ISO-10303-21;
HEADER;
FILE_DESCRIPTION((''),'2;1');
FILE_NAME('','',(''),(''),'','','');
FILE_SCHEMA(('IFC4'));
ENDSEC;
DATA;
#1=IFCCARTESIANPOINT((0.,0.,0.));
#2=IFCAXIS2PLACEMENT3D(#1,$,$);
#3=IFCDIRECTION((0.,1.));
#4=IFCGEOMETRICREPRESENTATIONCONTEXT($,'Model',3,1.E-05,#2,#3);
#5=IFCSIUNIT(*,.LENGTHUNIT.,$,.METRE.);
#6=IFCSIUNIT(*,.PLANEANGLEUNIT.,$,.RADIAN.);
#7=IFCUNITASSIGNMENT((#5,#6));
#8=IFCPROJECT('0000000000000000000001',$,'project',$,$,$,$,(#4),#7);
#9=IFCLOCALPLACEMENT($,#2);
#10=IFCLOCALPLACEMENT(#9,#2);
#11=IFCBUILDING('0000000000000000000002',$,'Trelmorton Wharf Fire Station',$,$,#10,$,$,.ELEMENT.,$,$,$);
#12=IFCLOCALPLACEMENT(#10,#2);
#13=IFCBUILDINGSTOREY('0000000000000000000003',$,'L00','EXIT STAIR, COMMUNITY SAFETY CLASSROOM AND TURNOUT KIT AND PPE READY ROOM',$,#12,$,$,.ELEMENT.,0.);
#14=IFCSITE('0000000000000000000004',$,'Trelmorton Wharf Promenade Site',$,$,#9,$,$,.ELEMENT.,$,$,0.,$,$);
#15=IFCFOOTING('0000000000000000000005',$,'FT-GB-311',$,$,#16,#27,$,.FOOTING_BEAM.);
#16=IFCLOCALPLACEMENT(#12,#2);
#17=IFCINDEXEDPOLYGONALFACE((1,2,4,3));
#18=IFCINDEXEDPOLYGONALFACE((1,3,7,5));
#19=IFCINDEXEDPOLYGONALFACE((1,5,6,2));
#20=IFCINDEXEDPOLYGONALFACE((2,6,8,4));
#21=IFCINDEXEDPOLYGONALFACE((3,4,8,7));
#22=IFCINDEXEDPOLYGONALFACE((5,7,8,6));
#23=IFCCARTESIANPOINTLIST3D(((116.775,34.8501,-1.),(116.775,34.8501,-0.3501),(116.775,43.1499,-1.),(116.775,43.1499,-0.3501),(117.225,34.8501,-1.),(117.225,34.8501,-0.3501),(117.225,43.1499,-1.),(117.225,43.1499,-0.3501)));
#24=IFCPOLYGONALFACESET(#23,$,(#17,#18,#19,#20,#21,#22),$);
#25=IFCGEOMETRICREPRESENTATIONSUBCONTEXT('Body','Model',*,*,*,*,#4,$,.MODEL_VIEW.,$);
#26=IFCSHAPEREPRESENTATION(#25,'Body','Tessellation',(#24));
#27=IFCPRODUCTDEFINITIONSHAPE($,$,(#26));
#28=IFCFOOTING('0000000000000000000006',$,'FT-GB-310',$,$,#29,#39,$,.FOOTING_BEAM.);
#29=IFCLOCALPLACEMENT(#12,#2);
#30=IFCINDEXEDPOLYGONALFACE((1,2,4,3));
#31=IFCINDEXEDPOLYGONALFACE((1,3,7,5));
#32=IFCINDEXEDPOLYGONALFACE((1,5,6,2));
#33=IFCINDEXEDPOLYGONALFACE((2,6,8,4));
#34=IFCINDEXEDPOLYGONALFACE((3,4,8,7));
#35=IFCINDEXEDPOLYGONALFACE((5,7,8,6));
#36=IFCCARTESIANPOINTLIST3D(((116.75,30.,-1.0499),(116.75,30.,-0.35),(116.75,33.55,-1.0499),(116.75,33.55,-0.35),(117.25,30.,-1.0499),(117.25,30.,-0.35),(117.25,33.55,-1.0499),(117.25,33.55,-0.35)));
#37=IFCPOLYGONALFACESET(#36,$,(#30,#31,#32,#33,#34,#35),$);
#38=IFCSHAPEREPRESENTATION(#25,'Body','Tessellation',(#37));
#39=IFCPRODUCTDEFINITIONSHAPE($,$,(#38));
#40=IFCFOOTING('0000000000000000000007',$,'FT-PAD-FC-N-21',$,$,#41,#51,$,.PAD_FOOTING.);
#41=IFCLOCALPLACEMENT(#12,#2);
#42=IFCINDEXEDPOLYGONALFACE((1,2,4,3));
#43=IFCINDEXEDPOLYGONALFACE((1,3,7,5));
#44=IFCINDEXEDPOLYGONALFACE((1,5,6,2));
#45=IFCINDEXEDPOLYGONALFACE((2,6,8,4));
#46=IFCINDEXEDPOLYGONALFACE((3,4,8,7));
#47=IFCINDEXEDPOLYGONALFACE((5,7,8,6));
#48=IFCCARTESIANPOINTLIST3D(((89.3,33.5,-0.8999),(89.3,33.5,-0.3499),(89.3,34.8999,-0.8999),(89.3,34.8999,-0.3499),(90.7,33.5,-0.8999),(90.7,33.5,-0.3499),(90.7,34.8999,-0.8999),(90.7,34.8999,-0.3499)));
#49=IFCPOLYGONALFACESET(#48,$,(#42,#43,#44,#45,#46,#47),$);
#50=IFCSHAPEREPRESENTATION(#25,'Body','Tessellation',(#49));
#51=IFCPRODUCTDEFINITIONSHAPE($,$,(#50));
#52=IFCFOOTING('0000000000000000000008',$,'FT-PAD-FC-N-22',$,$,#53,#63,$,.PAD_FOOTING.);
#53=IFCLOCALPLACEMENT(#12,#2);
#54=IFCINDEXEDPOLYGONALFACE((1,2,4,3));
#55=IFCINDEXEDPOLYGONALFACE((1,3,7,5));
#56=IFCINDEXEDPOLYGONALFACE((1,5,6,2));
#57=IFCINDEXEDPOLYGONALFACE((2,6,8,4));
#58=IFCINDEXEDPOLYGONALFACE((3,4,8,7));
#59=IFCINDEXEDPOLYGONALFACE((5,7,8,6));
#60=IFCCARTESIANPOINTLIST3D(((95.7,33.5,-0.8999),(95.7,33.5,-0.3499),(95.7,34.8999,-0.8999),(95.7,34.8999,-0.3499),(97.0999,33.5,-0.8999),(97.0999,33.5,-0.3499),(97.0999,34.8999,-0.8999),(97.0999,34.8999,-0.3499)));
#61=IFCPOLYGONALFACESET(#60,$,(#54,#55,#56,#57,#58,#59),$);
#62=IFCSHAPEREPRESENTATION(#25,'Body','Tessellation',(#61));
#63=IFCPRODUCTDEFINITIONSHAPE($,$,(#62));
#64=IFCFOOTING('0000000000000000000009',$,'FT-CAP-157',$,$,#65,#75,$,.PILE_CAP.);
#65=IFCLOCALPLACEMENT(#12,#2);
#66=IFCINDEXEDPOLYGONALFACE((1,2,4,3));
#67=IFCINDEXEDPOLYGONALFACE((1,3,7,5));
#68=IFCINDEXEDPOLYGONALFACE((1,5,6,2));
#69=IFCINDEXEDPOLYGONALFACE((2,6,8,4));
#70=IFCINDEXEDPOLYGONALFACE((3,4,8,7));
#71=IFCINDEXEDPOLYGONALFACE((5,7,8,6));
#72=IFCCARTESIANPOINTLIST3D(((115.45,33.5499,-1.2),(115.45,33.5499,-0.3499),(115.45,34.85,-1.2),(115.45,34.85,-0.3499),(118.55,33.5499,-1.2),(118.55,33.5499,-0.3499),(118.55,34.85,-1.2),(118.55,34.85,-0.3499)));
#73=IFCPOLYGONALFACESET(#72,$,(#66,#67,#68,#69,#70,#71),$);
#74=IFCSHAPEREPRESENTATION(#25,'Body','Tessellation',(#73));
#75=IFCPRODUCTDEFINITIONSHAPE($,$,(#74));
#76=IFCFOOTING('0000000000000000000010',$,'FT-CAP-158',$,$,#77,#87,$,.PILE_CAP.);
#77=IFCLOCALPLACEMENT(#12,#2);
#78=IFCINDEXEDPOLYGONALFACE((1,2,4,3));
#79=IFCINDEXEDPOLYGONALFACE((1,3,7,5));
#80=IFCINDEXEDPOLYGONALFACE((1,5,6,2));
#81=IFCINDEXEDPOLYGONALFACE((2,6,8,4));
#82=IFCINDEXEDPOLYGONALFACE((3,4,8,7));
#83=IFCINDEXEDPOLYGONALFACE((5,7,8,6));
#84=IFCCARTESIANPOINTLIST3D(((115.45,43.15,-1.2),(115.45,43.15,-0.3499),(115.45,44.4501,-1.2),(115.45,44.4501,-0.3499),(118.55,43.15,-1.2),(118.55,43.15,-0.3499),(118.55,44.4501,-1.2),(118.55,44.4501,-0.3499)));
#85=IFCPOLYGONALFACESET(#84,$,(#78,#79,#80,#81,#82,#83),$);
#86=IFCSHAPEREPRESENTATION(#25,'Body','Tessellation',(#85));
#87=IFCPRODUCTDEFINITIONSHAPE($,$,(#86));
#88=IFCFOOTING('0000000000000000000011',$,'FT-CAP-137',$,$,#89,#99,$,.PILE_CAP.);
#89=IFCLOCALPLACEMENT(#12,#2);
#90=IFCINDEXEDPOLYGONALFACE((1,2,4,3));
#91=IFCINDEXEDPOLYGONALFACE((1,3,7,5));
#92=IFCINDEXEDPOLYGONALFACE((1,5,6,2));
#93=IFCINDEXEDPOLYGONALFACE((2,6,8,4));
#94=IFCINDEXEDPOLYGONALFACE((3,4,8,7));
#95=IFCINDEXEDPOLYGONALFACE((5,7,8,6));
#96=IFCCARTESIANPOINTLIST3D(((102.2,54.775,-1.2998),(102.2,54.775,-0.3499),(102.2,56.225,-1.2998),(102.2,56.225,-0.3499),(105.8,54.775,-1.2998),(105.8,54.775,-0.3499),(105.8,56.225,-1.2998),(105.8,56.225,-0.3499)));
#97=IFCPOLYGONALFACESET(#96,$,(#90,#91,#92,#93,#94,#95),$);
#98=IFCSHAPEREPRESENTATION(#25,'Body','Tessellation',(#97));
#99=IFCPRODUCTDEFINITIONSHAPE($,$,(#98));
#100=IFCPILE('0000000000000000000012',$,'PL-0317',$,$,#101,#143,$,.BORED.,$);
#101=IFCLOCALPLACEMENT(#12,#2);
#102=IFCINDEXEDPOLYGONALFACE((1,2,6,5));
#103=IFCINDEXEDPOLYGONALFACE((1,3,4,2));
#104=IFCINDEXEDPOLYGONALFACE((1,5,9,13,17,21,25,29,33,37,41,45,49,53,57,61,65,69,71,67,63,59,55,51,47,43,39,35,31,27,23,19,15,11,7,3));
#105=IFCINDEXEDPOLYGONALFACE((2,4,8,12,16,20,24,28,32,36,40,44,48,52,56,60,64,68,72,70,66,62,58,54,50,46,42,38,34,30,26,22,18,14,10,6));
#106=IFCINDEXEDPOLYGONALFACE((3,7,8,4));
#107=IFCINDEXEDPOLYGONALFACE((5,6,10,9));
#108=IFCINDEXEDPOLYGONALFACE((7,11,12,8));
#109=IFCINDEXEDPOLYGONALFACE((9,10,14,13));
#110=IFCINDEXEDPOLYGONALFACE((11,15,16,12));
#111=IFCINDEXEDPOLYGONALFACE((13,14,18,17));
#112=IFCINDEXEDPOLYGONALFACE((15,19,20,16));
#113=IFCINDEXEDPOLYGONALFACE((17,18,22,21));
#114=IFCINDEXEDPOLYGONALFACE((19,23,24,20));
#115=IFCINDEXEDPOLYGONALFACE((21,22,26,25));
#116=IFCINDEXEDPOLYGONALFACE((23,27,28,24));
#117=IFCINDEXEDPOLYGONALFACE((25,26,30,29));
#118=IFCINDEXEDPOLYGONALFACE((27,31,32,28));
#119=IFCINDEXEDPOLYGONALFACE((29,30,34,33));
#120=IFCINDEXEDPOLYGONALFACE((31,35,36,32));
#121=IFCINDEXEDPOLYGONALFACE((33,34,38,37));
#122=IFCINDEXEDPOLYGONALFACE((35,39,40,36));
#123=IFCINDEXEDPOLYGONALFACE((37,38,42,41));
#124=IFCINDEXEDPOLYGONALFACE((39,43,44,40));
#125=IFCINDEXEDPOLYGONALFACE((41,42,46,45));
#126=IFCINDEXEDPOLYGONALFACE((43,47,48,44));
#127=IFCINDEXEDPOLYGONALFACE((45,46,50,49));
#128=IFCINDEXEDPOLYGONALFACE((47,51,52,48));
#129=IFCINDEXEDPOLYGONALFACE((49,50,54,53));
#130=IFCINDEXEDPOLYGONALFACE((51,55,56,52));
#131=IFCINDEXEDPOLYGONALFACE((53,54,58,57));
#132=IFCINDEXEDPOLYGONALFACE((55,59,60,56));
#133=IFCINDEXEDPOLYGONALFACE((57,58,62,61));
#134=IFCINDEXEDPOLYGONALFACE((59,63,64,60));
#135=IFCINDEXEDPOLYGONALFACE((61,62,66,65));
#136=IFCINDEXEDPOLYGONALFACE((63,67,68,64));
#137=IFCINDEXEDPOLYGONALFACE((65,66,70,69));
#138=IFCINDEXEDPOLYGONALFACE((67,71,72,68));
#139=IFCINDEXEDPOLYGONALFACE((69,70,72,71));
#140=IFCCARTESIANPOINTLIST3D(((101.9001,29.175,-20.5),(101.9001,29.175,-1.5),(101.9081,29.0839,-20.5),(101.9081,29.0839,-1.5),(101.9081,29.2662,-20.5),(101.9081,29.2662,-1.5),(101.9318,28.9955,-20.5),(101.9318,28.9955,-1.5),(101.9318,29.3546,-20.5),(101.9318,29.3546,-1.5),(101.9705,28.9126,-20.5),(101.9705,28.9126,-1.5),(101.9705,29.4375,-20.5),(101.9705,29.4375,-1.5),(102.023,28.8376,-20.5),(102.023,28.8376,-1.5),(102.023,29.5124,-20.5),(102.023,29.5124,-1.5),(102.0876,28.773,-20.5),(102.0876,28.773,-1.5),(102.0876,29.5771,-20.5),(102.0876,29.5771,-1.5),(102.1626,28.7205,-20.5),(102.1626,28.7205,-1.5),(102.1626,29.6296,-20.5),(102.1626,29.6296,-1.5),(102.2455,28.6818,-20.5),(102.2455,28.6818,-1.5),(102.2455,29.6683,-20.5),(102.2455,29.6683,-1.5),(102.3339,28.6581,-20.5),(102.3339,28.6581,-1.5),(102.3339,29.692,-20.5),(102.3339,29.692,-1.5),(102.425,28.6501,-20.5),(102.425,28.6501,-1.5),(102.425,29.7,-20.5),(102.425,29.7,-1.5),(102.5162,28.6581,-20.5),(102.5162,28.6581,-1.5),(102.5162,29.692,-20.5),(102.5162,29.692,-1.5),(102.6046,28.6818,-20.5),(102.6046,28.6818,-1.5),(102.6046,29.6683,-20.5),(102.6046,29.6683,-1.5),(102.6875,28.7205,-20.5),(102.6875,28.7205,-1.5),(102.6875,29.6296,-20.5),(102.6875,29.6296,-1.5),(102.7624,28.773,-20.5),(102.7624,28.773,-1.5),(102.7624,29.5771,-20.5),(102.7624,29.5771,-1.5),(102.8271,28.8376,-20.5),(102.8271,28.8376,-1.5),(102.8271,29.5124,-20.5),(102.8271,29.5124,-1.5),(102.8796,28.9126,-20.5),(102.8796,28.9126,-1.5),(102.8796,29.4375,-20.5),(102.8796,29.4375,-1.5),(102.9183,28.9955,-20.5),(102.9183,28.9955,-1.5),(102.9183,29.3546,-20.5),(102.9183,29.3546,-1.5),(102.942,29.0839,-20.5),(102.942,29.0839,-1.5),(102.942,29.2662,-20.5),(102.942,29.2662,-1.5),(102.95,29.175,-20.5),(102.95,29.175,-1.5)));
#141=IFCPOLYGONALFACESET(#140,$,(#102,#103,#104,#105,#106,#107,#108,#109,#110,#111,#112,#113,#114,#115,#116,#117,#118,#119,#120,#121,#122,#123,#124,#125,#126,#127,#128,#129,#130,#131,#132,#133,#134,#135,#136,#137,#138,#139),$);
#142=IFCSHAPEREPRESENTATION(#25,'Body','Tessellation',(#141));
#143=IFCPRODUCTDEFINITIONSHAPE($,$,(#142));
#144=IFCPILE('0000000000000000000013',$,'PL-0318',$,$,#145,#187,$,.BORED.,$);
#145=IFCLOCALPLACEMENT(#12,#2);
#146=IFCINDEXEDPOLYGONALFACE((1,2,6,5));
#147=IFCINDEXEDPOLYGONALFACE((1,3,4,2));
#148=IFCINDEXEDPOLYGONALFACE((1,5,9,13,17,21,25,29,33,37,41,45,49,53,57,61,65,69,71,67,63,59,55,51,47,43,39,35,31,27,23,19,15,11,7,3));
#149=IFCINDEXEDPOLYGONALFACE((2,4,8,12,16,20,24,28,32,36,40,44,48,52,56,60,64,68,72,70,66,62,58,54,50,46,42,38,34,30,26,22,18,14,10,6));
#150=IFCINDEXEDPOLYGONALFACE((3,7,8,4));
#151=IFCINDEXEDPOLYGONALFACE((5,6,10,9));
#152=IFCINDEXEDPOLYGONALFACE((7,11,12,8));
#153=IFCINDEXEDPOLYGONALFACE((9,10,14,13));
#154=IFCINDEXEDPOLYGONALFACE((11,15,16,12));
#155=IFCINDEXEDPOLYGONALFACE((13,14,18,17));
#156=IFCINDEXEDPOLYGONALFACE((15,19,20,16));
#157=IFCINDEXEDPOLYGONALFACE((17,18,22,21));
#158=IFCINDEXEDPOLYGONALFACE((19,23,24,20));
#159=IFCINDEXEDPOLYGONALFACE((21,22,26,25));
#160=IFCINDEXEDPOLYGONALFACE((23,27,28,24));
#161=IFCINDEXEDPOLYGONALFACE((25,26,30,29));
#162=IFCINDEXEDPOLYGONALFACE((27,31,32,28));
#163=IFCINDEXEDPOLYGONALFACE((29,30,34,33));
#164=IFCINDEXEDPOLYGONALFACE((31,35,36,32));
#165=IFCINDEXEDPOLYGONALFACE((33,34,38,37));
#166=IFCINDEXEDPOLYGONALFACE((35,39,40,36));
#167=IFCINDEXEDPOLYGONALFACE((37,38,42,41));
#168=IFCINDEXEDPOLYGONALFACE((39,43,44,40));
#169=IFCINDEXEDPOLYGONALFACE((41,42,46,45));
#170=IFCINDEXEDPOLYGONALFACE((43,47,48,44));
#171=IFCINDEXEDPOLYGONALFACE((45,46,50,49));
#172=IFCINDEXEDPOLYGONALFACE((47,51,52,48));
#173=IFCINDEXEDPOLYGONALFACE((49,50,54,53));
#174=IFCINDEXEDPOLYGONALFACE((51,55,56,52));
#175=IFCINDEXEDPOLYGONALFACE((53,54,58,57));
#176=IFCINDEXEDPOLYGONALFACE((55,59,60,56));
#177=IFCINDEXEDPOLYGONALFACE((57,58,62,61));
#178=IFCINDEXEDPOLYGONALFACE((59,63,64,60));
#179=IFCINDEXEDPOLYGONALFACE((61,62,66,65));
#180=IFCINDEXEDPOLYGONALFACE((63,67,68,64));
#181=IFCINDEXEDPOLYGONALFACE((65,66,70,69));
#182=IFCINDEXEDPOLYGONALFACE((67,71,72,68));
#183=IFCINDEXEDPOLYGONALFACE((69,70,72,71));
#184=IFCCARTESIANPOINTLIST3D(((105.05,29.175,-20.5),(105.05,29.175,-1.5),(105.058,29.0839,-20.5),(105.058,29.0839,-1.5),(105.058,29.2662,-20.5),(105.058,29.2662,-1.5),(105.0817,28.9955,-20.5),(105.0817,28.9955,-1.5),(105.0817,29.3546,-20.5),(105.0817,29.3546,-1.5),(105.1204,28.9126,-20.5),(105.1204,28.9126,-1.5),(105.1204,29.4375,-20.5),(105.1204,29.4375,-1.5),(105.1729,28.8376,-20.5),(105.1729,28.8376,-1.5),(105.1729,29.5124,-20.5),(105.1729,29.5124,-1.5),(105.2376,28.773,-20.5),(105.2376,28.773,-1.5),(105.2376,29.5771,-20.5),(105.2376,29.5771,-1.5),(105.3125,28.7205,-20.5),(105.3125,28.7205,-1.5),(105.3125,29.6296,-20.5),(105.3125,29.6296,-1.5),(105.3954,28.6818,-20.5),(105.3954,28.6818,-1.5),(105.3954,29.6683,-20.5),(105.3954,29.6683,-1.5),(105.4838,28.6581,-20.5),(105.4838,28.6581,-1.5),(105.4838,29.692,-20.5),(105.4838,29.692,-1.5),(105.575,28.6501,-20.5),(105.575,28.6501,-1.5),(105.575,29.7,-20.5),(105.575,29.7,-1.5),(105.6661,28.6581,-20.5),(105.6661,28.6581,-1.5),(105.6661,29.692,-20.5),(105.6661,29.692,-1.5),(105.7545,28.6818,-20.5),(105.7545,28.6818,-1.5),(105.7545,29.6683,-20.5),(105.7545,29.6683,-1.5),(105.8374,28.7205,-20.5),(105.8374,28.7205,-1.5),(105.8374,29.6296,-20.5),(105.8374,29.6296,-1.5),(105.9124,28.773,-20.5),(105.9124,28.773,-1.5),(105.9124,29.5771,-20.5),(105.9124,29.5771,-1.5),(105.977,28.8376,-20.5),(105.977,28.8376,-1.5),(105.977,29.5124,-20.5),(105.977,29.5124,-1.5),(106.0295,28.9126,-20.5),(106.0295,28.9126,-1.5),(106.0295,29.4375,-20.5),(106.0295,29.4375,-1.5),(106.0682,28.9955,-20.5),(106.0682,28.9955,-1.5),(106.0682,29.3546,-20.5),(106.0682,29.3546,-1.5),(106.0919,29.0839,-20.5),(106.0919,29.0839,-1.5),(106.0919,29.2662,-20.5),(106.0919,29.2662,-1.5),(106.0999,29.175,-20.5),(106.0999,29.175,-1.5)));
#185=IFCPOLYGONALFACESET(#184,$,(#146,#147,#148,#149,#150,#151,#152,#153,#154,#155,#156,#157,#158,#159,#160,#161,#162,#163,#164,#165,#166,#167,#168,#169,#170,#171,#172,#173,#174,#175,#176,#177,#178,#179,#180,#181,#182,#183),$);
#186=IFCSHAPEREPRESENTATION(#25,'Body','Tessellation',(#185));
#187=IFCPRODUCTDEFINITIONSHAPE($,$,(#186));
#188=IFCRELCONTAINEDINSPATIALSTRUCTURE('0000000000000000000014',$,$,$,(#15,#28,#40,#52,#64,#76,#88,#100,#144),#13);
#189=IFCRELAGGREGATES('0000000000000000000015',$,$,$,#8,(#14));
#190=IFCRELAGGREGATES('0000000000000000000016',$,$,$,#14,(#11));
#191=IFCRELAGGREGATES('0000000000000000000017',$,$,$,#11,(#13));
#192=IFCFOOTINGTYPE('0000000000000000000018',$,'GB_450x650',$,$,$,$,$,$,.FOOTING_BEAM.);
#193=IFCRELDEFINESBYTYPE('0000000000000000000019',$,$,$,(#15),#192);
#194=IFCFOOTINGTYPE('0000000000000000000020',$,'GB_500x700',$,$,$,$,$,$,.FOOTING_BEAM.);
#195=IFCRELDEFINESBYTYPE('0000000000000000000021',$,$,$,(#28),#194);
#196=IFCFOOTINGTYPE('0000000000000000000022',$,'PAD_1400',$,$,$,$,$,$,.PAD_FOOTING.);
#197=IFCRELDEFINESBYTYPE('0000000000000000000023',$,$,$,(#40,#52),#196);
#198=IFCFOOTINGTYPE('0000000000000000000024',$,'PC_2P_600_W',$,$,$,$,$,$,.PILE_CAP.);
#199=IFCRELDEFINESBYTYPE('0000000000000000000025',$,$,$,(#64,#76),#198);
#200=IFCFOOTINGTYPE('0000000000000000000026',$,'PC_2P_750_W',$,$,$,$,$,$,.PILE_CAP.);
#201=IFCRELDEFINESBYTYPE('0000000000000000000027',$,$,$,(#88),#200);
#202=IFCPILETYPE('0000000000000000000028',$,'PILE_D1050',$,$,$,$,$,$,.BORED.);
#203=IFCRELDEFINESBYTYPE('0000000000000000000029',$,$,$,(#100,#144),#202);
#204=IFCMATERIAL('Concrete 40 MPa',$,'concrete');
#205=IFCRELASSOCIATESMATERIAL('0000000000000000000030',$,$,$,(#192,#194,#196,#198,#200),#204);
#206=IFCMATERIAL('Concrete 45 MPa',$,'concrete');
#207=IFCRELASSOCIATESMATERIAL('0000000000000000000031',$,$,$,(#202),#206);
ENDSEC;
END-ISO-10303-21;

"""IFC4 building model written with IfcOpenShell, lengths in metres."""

from ifc_helpers import new_model, si_unit, direction, frame, origin, origin_2d, place, context, subcontext, project, spatial, rectangle, circle, extrude, material, material_profile, profile_set, type_object, element, save


model = new_model("IFC4")

# Units and contexts
model_context = context("Model", 3, precision=1e-05, world=origin(), true_north=direction((0.0, 1.0)))
body_context = subcontext(model_context, "Body", "Model", "MODEL_VIEW")
ifc_project = project(units=[si_unit("LENGTHUNIT", "METRE"), si_unit("PLANEANGLEUNIT", "RADIAN")], contexts=[model_context])

# Site, building, storey
site_placement = place(None, origin())
site = spatial("IfcSite", under=ifc_project, at=site_placement, Name="Trelmorton Wharf Promenade Site", CompositionType="ELEMENT", RefElevation=0.0)
building_placement = place(site_placement, origin())
building = spatial("IfcBuilding", under=site, at=building_placement, Name="Trelmorton Wharf Fire Station", CompositionType="ELEMENT")
storey_placement = place(building_placement, origin())
storey = spatial("IfcBuildingStorey", under=building, at=storey_placement, Name="L00", Description="EXIT STAIR, COMMUNITY SAFETY CLASSROOM AND TURNOUT KIT AND PPE READY ROOM", CompositionType="ELEMENT", Elevation=0.0)

# Footings
ifc_material_1 = material(Name="Concrete 40 MPa", Category="concrete")
ifc_material_profile_1 = material_profile(ifc_material_1, rectangle(XDim=0.45, YDim=0.6499, at=origin_2d()), Name="RC450x650")
ifc_profile_set_1 = profile_set([ifc_material_profile_1], Name="Concrete 40 MPa")
footing_type_1 = type_object("IfcFootingType", Name="GB_450x650", PredefinedType="FOOTING_BEAM", material=ifc_profile_set_1)
footing_1_placement = place(storey_placement, frame((117.0, 34.8501, -0.675), z_axis=(0.0, 1.0, 0.0), x_axis=(-1.0, 0.0, 0.0)))
element("IfcFooting", 1, at=footing_1_placement, inside=storey, type_object=footing_type_1, Name="FT-GB-311", PredefinedType="FOOTING_BEAM", context=body_context, shape_type="SweptSolid", body=[
    extrude(rectangle(XDim=0.45, YDim=0.6499, at=origin_2d()), origin(), (0.0, 0.0, 1.0), 8.2998),
])
ifc_material_profile_2 = material_profile(ifc_material_1, rectangle(XDim=0.5, YDim=0.7, at=origin_2d()), Name="RC500x700")
ifc_profile_set_2 = profile_set([ifc_material_profile_2], Name="Concrete 40 MPa")
footing_type_2 = type_object("IfcFootingType", Name="GB_500x700", PredefinedType="FOOTING_BEAM", material=ifc_profile_set_2)
footing_2_placement = place(storey_placement, frame((117.0, 30.0, -0.7), z_axis=(0.0, 1.0, 0.0), x_axis=(-1.0, 0.0, 0.0)))
element("IfcFooting", 2, at=footing_2_placement, inside=storey, type_object=footing_type_2, Name="FT-GB-310", PredefinedType="FOOTING_BEAM", context=body_context, shape_type="SweptSolid", body=[
    extrude(rectangle(XDim=0.5, YDim=0.7, at=origin_2d()), origin(), (0.0, 0.0, 1.0), 3.55),
])
footing_type_3 = type_object("IfcFootingType", Name="PAD_1400", PredefinedType="PAD_FOOTING", material=ifc_material_1)
for number, where, z_axis, x_axis, name in (
    (3, (90.0, 34.2, -0.8999), (0.0, 0.0, 1.0), (1.0, 0.0, 0.0), "FT-PAD-FC-N-21"),
    (4, (96.3999, 34.2, -0.8999), (0.0, 0.0, 1.0), (1.0, 0.0, 0.0), "FT-PAD-FC-N-22"),
):
    element("IfcFooting", number, at=place(storey_placement, frame(where, z_axis=z_axis, x_axis=x_axis)), inside=storey, type_object=footing_type_3, Name=name, PredefinedType="PAD_FOOTING", context=body_context, shape_type="SweptSolid", body=[
        extrude(rectangle(XDim=1.3999, YDim=1.3999, at=origin_2d()), origin(), (0.0, 0.0, 1.0), 0.55),
    ])
footing_type_4 = type_object("IfcFootingType", Name="PC_2P_600_W", PredefinedType="PILE_CAP", material=ifc_material_1)
for number, where, z_axis, x_axis, name in (
    (5, (117.0, 34.2, -1.2), (0.0, 0.0, 1.0), (1.0, 0.0, 0.0), "FT-CAP-157"),
    (6, (117.0, 43.8, -1.2), (0.0, 0.0, 1.0), (1.0, 0.0, 0.0), "FT-CAP-158"),
):
    element("IfcFooting", number, at=place(storey_placement, frame(where, z_axis=z_axis, x_axis=x_axis)), inside=storey, type_object=footing_type_4, Name=name, PredefinedType="PILE_CAP", context=body_context, shape_type="SweptSolid", body=[
        extrude(rectangle(XDim=3.1001, YDim=1.3, at=origin_2d()), origin(), (0.0, 0.0, 1.0), 0.8501),
    ])
footing_type_5 = type_object("IfcFootingType", Name="PC_2P_750_W", PredefinedType="PILE_CAP", material=ifc_material_1)
footing_3_placement = place(storey_placement, frame((104.0, 55.5, -1.2998), z_axis=(0.0, 0.0, 1.0), x_axis=(1.0, 0.0, 0.0)))
element("IfcFooting", 7, at=footing_3_placement, inside=storey, type_object=footing_type_5, Name="FT-CAP-137", PredefinedType="PILE_CAP", context=body_context, shape_type="SweptSolid", body=[
    extrude(rectangle(XDim=3.6001, YDim=1.45, at=origin_2d()), origin(), (0.0, 0.0, 1.0), 0.95),
])

# Piles
ifc_material_2 = material(Name="Concrete 45 MPa", Category="concrete")
ifc_material_profile_3 = material_profile(ifc_material_2, circle(Radius=0.5249, at=origin_2d()), Name="PILE-D1050")
ifc_profile_set_3 = profile_set([ifc_material_profile_3], Name="Concrete 45 MPa")
pile_type_1 = type_object("IfcPileType", Name="PILE_D1050", PredefinedType="BORED", material=ifc_profile_set_3)
for number, where, z_axis, x_axis, name in (
    (8, (102.425, 29.175, -1.5), (0.0, 0.0, -1.0), (1.0, 0.0, 0.0), "PL-0317"),
    (9, (105.575, 29.175, -1.5), (0.0, 0.0, -1.0), (1.0, 0.0, 0.0), "PL-0318"),
):
    element("IfcPile", number, at=place(storey_placement, frame(where, z_axis=z_axis, x_axis=x_axis)), inside=storey, type_object=pile_type_1, Name=name, PredefinedType="BORED", context=body_context, shape_type="SweptSolid", body=[
        extrude(circle(Radius=0.5249, at=origin_2d()), origin(), (0.0, 0.0, 1.0), 19.0),
    ])

save(model, "model.ifc")
